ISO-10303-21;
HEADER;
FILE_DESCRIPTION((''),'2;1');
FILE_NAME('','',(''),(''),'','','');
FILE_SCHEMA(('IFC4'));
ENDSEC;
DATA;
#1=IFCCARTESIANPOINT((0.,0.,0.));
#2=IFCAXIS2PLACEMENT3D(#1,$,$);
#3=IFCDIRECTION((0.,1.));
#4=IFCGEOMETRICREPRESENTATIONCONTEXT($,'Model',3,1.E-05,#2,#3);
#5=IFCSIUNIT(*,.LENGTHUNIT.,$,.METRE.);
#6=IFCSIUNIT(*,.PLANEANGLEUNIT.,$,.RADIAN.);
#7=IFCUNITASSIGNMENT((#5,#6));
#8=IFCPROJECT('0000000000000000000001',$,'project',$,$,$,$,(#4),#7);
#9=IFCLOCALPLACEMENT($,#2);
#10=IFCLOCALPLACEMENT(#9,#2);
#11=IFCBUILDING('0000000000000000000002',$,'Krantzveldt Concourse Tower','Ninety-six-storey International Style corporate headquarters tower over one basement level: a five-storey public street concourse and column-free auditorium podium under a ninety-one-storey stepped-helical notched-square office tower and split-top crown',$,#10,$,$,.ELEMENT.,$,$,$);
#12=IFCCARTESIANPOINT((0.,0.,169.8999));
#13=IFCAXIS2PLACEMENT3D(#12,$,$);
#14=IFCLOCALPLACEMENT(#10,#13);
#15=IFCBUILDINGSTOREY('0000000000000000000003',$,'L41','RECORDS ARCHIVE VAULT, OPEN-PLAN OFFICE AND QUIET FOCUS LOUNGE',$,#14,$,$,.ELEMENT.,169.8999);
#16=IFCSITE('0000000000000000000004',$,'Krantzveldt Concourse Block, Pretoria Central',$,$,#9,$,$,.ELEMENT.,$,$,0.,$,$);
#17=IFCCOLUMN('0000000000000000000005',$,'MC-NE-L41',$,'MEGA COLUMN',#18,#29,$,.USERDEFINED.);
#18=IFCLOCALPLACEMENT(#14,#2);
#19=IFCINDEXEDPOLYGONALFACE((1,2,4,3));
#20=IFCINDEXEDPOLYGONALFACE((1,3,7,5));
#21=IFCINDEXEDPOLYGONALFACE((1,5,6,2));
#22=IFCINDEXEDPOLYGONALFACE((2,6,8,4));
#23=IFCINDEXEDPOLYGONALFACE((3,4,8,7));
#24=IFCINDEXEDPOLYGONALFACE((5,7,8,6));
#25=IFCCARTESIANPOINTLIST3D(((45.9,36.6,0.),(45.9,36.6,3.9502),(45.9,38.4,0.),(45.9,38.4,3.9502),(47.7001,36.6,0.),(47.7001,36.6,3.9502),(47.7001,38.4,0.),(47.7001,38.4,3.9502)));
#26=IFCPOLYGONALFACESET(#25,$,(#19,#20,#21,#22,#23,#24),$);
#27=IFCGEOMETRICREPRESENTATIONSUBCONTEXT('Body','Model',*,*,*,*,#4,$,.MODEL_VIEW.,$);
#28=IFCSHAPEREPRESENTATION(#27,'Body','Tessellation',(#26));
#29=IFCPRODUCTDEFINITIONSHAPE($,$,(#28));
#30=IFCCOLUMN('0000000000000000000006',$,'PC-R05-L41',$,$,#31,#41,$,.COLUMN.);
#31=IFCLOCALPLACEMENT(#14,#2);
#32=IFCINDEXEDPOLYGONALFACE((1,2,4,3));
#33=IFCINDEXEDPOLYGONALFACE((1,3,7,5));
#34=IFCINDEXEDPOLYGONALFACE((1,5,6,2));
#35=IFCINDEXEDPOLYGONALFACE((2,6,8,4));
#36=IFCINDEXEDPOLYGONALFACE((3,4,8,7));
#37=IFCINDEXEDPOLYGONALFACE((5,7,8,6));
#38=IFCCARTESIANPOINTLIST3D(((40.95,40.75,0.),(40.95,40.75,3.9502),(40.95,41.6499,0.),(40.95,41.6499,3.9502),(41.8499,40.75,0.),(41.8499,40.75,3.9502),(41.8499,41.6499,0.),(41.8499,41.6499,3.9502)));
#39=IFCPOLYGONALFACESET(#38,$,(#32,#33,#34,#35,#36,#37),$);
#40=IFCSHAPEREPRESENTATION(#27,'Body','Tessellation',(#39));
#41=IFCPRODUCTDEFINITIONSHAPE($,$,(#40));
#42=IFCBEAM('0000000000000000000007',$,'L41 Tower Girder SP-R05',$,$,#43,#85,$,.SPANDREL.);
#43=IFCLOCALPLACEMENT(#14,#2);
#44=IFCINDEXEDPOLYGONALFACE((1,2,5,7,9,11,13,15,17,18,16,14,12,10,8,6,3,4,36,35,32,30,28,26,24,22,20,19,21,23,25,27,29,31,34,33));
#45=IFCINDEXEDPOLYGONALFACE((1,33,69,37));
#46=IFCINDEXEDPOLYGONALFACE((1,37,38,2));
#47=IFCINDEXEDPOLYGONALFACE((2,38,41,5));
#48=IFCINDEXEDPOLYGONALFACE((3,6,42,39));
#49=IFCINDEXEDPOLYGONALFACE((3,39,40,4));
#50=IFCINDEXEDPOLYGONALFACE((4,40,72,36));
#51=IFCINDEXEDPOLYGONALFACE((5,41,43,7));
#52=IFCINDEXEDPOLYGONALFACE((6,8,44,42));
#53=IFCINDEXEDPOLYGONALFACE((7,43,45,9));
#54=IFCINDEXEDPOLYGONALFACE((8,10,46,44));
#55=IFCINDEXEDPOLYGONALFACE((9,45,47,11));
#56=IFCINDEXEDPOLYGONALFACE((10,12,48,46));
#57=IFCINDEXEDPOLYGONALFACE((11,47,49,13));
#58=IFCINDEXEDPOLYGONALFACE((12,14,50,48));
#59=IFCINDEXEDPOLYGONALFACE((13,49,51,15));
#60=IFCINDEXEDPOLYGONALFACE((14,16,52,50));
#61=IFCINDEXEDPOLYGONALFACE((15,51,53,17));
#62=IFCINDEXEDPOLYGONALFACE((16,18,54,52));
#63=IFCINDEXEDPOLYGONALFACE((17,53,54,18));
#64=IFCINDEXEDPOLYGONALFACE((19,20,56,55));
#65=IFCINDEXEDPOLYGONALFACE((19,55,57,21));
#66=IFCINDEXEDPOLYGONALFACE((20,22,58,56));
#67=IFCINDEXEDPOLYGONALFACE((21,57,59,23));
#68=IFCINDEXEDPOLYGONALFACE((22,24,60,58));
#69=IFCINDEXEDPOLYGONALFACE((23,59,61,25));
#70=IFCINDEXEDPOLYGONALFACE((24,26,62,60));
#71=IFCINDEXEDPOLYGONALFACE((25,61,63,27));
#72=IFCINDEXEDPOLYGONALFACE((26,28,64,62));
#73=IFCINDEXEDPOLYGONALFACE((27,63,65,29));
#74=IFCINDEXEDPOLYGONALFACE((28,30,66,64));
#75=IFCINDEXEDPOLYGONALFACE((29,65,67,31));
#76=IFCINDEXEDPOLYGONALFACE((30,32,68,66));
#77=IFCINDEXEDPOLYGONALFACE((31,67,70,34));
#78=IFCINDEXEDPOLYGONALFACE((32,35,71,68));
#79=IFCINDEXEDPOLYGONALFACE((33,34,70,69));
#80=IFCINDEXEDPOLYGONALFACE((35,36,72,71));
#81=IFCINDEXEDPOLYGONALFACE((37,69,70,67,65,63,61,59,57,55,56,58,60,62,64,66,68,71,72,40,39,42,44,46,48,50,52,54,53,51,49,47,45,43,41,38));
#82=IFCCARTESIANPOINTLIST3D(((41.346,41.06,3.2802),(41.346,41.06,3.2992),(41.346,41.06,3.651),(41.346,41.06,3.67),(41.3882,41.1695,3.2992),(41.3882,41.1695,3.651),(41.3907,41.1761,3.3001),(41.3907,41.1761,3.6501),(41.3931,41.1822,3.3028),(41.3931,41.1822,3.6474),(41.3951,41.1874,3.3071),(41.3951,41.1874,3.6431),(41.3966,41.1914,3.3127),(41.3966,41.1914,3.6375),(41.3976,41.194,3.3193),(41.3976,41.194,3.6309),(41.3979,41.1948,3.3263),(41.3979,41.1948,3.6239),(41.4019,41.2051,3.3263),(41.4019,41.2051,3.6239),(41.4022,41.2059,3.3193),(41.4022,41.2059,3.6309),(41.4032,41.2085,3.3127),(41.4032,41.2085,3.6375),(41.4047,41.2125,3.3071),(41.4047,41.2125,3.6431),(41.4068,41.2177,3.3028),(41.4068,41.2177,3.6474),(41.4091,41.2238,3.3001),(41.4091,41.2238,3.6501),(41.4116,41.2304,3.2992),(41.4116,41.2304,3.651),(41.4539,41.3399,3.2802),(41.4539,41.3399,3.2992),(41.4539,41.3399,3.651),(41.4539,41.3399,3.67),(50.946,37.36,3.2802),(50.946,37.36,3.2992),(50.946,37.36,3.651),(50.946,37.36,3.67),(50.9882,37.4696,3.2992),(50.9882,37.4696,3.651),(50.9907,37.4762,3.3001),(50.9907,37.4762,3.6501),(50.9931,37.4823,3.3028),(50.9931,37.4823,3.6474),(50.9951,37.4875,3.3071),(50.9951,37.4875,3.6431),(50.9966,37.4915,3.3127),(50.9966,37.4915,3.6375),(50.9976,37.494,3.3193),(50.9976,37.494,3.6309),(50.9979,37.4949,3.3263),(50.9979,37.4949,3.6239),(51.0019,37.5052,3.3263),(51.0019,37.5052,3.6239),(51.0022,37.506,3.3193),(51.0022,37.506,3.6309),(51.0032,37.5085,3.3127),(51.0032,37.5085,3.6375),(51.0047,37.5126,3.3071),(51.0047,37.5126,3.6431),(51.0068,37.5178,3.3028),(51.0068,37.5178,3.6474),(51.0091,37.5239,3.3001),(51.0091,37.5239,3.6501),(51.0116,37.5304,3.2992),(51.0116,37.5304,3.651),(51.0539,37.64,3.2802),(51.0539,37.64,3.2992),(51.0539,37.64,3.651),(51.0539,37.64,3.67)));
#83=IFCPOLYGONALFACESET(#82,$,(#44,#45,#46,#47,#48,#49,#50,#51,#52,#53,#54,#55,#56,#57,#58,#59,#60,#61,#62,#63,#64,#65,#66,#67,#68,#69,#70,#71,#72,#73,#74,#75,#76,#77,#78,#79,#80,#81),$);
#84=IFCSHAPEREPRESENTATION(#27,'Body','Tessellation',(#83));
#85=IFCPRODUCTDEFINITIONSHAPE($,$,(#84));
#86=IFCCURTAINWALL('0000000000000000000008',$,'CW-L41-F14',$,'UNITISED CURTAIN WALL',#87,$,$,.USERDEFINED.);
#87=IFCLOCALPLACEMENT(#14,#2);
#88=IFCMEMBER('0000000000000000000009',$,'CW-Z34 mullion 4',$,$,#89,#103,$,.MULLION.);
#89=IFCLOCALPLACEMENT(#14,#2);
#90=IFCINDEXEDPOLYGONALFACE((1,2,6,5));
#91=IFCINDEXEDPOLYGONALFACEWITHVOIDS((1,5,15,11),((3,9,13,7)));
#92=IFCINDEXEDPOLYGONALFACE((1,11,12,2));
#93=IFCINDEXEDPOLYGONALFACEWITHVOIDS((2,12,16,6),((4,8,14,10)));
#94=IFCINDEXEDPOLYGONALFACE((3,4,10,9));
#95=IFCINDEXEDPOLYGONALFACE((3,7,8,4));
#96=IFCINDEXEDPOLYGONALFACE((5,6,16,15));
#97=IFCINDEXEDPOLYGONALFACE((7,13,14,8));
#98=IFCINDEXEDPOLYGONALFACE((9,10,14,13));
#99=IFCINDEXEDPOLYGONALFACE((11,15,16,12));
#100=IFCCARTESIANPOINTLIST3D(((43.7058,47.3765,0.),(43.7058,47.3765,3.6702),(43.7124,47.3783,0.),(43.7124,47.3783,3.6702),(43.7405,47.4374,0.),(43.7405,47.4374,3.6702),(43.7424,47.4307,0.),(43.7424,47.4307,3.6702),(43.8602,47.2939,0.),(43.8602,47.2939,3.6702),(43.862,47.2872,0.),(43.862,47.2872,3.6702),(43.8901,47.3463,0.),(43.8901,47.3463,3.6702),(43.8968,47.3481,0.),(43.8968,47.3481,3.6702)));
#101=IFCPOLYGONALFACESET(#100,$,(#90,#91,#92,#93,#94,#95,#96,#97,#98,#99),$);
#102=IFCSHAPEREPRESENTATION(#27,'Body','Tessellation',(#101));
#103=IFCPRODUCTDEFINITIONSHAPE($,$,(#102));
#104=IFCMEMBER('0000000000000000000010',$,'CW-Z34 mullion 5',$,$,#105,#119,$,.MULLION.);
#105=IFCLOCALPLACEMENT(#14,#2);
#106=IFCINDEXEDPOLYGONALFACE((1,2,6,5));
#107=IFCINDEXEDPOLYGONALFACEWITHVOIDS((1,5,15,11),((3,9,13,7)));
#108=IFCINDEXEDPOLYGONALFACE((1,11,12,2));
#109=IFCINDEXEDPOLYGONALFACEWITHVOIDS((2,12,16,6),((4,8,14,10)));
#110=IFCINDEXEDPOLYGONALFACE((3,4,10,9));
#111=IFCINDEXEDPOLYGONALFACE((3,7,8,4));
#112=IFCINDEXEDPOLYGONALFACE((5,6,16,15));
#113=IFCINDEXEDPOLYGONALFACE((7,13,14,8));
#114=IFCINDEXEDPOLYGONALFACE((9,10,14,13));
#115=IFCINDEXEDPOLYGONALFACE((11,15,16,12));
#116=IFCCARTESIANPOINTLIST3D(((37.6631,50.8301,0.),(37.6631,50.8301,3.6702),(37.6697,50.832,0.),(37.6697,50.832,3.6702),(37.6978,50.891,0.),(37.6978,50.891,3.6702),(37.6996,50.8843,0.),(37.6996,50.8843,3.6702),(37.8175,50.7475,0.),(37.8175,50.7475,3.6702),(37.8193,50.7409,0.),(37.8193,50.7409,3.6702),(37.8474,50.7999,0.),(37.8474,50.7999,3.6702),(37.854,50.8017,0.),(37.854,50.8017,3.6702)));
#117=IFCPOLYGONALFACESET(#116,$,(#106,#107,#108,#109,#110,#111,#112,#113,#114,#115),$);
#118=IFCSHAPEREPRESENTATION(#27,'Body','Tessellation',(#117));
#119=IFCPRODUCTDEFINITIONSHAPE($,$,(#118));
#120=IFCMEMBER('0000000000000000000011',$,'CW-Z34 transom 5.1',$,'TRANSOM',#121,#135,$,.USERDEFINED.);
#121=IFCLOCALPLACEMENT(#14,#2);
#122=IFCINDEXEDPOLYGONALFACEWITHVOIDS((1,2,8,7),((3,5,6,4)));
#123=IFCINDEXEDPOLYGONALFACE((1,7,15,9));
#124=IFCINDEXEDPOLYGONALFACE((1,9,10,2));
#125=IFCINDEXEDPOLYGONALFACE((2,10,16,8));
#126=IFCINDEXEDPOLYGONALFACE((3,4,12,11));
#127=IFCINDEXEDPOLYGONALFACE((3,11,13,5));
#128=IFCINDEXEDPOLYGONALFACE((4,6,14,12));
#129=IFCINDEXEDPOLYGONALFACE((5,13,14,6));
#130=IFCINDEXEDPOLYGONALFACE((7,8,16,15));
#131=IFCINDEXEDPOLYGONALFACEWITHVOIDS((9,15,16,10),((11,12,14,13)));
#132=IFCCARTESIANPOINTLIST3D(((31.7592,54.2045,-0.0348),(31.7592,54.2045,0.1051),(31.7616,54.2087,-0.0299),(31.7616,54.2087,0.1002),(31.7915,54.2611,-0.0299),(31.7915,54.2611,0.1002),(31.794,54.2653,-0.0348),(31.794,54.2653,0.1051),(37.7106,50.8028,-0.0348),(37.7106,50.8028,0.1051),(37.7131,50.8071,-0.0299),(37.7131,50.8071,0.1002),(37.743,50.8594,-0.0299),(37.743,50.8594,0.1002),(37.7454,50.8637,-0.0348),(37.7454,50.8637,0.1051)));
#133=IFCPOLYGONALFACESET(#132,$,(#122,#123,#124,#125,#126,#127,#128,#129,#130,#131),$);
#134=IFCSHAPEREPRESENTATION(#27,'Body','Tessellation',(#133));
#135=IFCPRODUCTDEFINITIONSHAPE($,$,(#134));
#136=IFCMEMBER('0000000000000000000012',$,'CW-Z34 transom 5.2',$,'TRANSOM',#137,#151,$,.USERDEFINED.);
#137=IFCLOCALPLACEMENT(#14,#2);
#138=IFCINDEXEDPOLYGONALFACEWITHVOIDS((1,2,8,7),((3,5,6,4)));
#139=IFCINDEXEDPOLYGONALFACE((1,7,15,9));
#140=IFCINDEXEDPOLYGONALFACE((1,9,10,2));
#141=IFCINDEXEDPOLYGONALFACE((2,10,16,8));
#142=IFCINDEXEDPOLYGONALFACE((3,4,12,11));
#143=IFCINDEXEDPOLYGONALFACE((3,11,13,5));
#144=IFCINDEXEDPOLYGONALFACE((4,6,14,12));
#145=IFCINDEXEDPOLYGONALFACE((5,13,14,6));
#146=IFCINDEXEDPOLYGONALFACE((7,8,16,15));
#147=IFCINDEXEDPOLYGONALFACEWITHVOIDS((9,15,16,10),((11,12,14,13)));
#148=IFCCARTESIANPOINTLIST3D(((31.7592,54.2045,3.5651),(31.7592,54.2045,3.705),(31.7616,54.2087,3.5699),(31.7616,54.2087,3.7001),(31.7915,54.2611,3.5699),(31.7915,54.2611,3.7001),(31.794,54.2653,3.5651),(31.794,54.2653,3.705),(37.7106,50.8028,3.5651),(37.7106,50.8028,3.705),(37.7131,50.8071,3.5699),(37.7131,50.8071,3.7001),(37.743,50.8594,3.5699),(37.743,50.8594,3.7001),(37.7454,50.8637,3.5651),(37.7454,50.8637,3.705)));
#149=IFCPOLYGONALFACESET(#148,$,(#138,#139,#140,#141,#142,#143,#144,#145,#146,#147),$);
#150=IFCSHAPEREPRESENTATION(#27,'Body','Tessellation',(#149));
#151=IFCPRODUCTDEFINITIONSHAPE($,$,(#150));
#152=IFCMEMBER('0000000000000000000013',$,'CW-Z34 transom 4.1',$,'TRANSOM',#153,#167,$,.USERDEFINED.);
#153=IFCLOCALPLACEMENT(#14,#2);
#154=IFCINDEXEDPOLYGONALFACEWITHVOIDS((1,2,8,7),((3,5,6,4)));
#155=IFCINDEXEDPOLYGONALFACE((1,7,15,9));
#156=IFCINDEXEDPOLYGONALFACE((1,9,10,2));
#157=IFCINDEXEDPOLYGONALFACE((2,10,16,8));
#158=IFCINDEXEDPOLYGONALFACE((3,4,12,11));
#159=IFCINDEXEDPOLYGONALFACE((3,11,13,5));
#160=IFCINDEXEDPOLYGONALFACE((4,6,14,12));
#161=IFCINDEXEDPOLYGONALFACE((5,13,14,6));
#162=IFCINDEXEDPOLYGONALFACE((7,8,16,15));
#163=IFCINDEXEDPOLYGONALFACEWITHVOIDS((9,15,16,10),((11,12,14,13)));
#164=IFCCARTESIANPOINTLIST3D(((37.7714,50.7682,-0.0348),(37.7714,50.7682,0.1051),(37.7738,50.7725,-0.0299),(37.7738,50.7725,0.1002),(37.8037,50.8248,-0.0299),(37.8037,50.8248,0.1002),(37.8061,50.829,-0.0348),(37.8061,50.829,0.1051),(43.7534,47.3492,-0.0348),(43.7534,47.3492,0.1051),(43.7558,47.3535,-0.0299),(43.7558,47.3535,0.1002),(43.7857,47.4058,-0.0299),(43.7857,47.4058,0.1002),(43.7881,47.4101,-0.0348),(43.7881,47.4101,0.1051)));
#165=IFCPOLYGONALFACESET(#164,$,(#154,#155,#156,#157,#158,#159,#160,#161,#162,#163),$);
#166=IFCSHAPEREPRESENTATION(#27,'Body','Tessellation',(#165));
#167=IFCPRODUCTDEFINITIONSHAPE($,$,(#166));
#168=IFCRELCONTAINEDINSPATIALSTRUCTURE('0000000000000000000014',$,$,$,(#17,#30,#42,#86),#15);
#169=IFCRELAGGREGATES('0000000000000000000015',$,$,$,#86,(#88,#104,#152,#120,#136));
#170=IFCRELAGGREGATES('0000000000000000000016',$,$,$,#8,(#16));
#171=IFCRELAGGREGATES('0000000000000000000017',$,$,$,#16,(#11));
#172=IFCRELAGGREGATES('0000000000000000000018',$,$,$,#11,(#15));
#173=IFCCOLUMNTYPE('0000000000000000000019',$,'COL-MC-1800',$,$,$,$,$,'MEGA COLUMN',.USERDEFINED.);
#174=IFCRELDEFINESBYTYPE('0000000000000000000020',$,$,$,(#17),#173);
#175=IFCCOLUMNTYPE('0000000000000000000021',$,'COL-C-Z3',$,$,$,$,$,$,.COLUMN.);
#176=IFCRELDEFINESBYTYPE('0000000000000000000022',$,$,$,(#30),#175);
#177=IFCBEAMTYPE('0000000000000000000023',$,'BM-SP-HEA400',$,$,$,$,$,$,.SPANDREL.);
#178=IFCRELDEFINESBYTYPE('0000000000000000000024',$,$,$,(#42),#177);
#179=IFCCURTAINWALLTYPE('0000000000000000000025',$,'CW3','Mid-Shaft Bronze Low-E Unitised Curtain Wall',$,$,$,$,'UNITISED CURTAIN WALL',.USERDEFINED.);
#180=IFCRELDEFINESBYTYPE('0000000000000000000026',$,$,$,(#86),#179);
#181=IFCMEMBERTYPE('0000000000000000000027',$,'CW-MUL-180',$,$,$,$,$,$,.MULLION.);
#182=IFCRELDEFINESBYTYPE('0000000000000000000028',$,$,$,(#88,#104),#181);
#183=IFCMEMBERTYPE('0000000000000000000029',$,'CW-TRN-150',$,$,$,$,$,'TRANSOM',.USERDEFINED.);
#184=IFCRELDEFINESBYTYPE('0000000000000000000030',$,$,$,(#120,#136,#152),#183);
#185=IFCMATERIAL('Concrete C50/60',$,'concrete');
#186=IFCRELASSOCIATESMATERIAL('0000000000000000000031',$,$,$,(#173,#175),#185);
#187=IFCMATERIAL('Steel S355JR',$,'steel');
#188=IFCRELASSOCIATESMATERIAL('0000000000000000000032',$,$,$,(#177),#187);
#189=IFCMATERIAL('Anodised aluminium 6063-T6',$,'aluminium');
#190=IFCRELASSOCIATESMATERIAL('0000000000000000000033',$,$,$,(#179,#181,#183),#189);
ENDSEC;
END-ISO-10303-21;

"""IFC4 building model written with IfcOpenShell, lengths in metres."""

from ifc_helpers import new_model, si_unit, direction, frame, origin, origin_2d, place, context, subcontext, project, spatial, rectangle, hollow_rectangle, i_section, extrude, source, transform, mapped, material, material_profile, profile_set, type_object, type_shapes, element, aggregate, save


model = new_model("IFC4")

# Units and contexts
model_context = context("Model", 3, precision=1e-05, world=origin(), true_north=direction((0.0, 1.0)))
body_context = subcontext(model_context, "Body", "Model", "MODEL_VIEW")
ifc_project = project(units=[si_unit("LENGTHUNIT", "METRE"), si_unit("PLANEANGLEUNIT", "RADIAN")], contexts=[model_context])

# Site, building, storey
site_placement = place(None, origin())
site = spatial("IfcSite", under=ifc_project, at=site_placement, Name="Krantzveldt Concourse Block, Pretoria Central", CompositionType="ELEMENT", RefElevation=0.0)
building_placement = place(site_placement, origin())
building = spatial("IfcBuilding", under=site, at=building_placement, Name="Krantzveldt Concourse Tower", Description="Ninety-six-storey International Style corporate headquarters tower over one basement level: a five-storey public street concourse and column-free auditorium podium under a ninety-one-storey stepped-helical notched-square office tower and split-top crown", CompositionType="ELEMENT")
storey_placement = place(building_placement, frame((0.0, 0.0, 169.8999)))
storey = spatial("IfcBuildingStorey", under=building, at=storey_placement, Name="L41", Description="RECORDS ARCHIVE VAULT, OPEN-PLAN OFFICE AND QUIET FOCUS LOUNGE", CompositionType="ELEMENT", Elevation=169.8999)

# Columns
ifc_material_1 = material(Name="Concrete C50/60", Category="concrete")
ifc_material_profile_1 = material_profile(ifc_material_1, rectangle(XDim=1.8, YDim=1.8, at=origin_2d()), Name="Concrete C50/60", Category="concrete")
ifc_profile_set_1 = profile_set([ifc_material_profile_1], Name="Concrete C50/60 - RC 1800x1800")
column_type_1 = type_object("IfcColumnType", Name="COL-MC-1800", ElementType="MEGA COLUMN", PredefinedType="USERDEFINED", material=ifc_profile_set_1)
shared_shape_1 = source(origin(), body_context, "Body", "SweptSolid", [
    extrude(rectangle(XDim=1.8, YDim=1.8, at=origin_2d()), origin(), (0.0, 0.0, 1.0), 3.9502),
])
type_shapes(column_type_1, [shared_shape_1])
column_1_placement = place(storey_placement, frame((46.8, 37.5, 0.0), z_axis=(0.0, 0.0, 1.0), x_axis=(1.0, 0.0, 0.0)))
element("IfcColumn", 1, at=column_1_placement, inside=storey, type_object=column_type_1, Name="MC-NE-L41", ObjectType="MEGA COLUMN", PredefinedType="USERDEFINED", context=body_context, shape_type="MappedRepresentation", body=[
    mapped(shared_shape_1, transform((0.0, 0.0, 0.0), x_axis=(1.0, 0.0, 0.0), y_axis=(0.0, 1.0, 0.0), z_axis=(0.0, 0.0, 1.0), scale=1.0)),
])
ifc_material_profile_2 = material_profile(ifc_material_1, rectangle(XDim=0.8999, YDim=0.8999, at=origin_2d()), Name="Concrete C50/60", Category="concrete")
ifc_profile_set_2 = profile_set([ifc_material_profile_2], Name="Concrete C50/60 - RC 900x900")
column_type_2 = type_object("IfcColumnType", Name="COL-C-Z3", PredefinedType="COLUMN", material=ifc_profile_set_2)
shared_shape_2 = source(origin(), body_context, "Body", "SweptSolid", [
    extrude(rectangle(XDim=0.8999, YDim=0.8999, at=origin_2d()), origin(), (0.0, 0.0, 1.0), 3.9502),
])
type_shapes(column_type_2, [shared_shape_2])
column_2_placement = place(storey_placement, frame((41.3999, 41.2, 0.0), z_axis=(0.0, 0.0, 1.0), x_axis=(1.0, 0.0, 0.0)))
element("IfcColumn", 2, at=column_2_placement, inside=storey, type_object=column_type_2, Name="PC-R05-L41", PredefinedType="COLUMN", context=body_context, shape_type="MappedRepresentation", body=[
    mapped(shared_shape_2, transform((0.0, 0.0, 0.0), x_axis=(1.0, 0.0, 0.0), y_axis=(0.0, 1.0, 0.0), z_axis=(0.0, 0.0, 1.0), scale=1.0)),
])

# Beam
ifc_material_2 = material(Name="Steel S355JR", Category="steel")
ifc_material_profile_3 = material_profile(ifc_material_2, i_section(OverallWidth=0.3, OverallDepth=0.3899, WebThickness=0.011, FlangeThickness=0.019, FilletRadius=0.0271, at=origin_2d()), Name="Steel S355JR", Category="steel")
ifc_profile_set_3 = profile_set([ifc_material_profile_3], Name="Steel S355JR - HEA 400")
beam_type = type_object("IfcBeamType", Name="BM-SP-HEA400", PredefinedType="SPANDREL", material=ifc_profile_set_3)
shared_shape_3 = source(origin(), body_context, "Body", "SweptSolid", [
    extrude(i_section(OverallWidth=0.3, OverallDepth=0.3899, WebThickness=0.011, FlangeThickness=0.019, FilletRadius=0.0271, at=origin_2d()), origin(), (0.0, 0.0, 1.0), 10.2883),
])
type_shapes(beam_type, [shared_shape_3])
beam_placement = place(storey_placement, frame((41.3999, 41.2, 3.4751), z_axis=(0.933098, -0.359623, 0.0), x_axis=(0.359623, 0.933098, 0.0)))
element("IfcBeam", 3, at=beam_placement, inside=storey, type_object=beam_type, Name="L41 Tower Girder SP-R05", PredefinedType="SPANDREL", context=body_context, shape_type="MappedRepresentation", body=[
    mapped(shared_shape_3, transform((0.0, 0.0, 0.0), x_axis=(1.0, 0.0, 0.0), y_axis=(0.0, 1.0, 0.0), z_axis=(0.0, 0.0, 1.0), scale=1.0)),
])

# Curtain wall, members
ifc_material_3 = material(Name="Anodised aluminium 6063-T6", Category="aluminium")
curtain_wall_type = type_object("IfcCurtainWallType", Name="CW3", Description="Mid-Shaft Bronze Low-E Unitised Curtain Wall", ElementType="UNITISED CURTAIN WALL", PredefinedType="USERDEFINED", material=ifc_material_3)
curtain_wall_placement = place(storey_placement, origin())
curtain_wall = element("IfcCurtainWall", 4, at=curtain_wall_placement, inside=storey, type_object=curtain_wall_type, Name="CW-L41-F14", ObjectType="UNITISED CURTAIN WALL", PredefinedType="USERDEFINED")
ifc_material_profile_4 = material_profile(ifc_material_3, hollow_rectangle(XDim=0.0701, YDim=0.1799, WallThickness=0.0049, at=origin_2d()), Name="Anodised aluminium 6063-T6", Category="aluminium")
ifc_profile_set_4 = profile_set([ifc_material_profile_4], Name="Anodised aluminium 6063-T6 - ALU-MULL 180x70x5")
member_type_1 = type_object("IfcMemberType", Name="CW-MUL-180", PredefinedType="MULLION", material=ifc_profile_set_4)
shared_shape_4 = source(origin(), body_context, "Body", "SweptSolid", [
    extrude(hollow_rectangle(XDim=0.0701, YDim=0.1799, WallThickness=0.0049, at=origin_2d()), origin(), (0.0, 0.0, 1.0), 3.6702),
])
type_shapes(member_type_1, [shared_shape_4])
member_1_placement = place(storey_placement, frame((43.8013, 47.3623, 0.0), z_axis=(0.0, 0.0, 1.0), x_axis=(-0.496216, -0.868199, 0.0)))
member_1 = element("IfcMember", 5, at=member_1_placement, type_object=member_type_1, Name="CW-Z34 mullion 4", PredefinedType="MULLION", context=body_context, shape_type="MappedRepresentation", body=[
    mapped(shared_shape_4, transform((0.0, 0.0, 0.0), x_axis=(1.0, 0.0, 0.0), y_axis=(0.0, 1.0, 0.0), z_axis=(0.0, 0.0, 1.0), scale=1.0)),
])
member_2_placement = place(storey_placement, frame((37.7585, 50.8159, 0.0), z_axis=(0.0, 0.0, 1.0), x_axis=(-0.496216, -0.868199, 0.0)))
member_2 = element("IfcMember", 6, at=member_2_placement, type_object=member_type_1, Name="CW-Z34 mullion 5", PredefinedType="MULLION", context=body_context, shape_type="MappedRepresentation", body=[
    mapped(shared_shape_4, transform((0.0, 0.0, 0.0), x_axis=(1.0, 0.0, 0.0), y_axis=(0.0, 1.0, 0.0), z_axis=(0.0, 0.0, 1.0), scale=1.0)),
])
ifc_material_profile_5 = material_profile(ifc_material_3, hollow_rectangle(XDim=0.0701, YDim=0.1399, WallThickness=0.0049, at=origin_2d()), Name="Anodised aluminium 6063-T6", Category="aluminium")
ifc_profile_set_5 = profile_set([ifc_material_profile_5], Name="Anodised aluminium 6063-T6 - ALU-TRAN 140x70x5")
member_type_2 = type_object("IfcMemberType", Name="CW-TRN-150", ElementType="TRANSOM", PredefinedType="USERDEFINED", material=ifc_profile_set_5)
shared_shape_5 = source(origin(), body_context, "Body", "SweptSolid", [
    extrude(hollow_rectangle(XDim=0.0701, YDim=0.1399, WallThickness=0.0049, at=origin_2d()), origin(), (0.0, 0.0, 1.0), 6.855),
])
member_3_placement = place(storey_placement, frame((37.728, 50.8333, 0.0352), z_axis=(-0.868193, 0.496227, 0.0), x_axis=(-0.496227, -0.868193, 0.0)))
member_3 = element("IfcMember", 7, at=member_3_placement, type_object=member_type_2, Name="CW-Z34 transom 5.1", ObjectType="TRANSOM", PredefinedType="USERDEFINED", context=body_context, shape_type="MappedRepresentation", body=[
    mapped(shared_shape_5, transform((0.0, 0.0, 0.0), x_axis=(1.0, 0.0, 0.0), y_axis=(0.0, 1.0, 0.0), z_axis=(0.0, 0.0, 1.0), scale=1.0)),
])
member_4_placement = place(storey_placement, frame((37.728, 50.8333, 3.635), z_axis=(-0.868193, 0.496227, 0.0), x_axis=(-0.496227, -0.868193, 0.0)))
member_4 = element("IfcMember", 8, at=member_4_placement, type_object=member_type_2, Name="CW-Z34 transom 5.2", ObjectType="TRANSOM", PredefinedType="USERDEFINED", context=body_context, shape_type="MappedRepresentation", body=[
    mapped(shared_shape_5, transform((0.0, 0.0, 0.0), x_axis=(1.0, 0.0, 0.0), y_axis=(0.0, 1.0, 0.0), z_axis=(0.0, 0.0, 1.0), scale=1.0)),
])
shared_shape_6 = source(origin(), body_context, "Body", "SweptSolid", [
    extrude(hollow_rectangle(XDim=0.0701, YDim=0.1399, WallThickness=0.0049, at=origin_2d()), origin(), (0.0, 0.0, 1.0), 6.8901),
])
type_shapes(member_type_2, [shared_shape_5, shared_shape_6])
member_5_placement = place(storey_placement, frame((43.7708, 47.3796, 0.0352), z_axis=(-0.8682, 0.496215, 0.0), x_axis=(-0.496215, -0.8682, 0.0)))
member_5 = element("IfcMember", 9, at=member_5_placement, type_object=member_type_2, Name="CW-Z34 transom 4.1", ObjectType="TRANSOM", PredefinedType="USERDEFINED", context=body_context, shape_type="MappedRepresentation", body=[
    mapped(shared_shape_6, transform((0.0, 0.0, 0.0), x_axis=(1.0, 0.0, 0.0), y_axis=(0.0, 1.0, 0.0), z_axis=(0.0, 0.0, 1.0), scale=1.0)),
])
aggregate(curtain_wall, [member_1, member_2, member_5, member_3, member_4])

save(model, "model.ifc")
